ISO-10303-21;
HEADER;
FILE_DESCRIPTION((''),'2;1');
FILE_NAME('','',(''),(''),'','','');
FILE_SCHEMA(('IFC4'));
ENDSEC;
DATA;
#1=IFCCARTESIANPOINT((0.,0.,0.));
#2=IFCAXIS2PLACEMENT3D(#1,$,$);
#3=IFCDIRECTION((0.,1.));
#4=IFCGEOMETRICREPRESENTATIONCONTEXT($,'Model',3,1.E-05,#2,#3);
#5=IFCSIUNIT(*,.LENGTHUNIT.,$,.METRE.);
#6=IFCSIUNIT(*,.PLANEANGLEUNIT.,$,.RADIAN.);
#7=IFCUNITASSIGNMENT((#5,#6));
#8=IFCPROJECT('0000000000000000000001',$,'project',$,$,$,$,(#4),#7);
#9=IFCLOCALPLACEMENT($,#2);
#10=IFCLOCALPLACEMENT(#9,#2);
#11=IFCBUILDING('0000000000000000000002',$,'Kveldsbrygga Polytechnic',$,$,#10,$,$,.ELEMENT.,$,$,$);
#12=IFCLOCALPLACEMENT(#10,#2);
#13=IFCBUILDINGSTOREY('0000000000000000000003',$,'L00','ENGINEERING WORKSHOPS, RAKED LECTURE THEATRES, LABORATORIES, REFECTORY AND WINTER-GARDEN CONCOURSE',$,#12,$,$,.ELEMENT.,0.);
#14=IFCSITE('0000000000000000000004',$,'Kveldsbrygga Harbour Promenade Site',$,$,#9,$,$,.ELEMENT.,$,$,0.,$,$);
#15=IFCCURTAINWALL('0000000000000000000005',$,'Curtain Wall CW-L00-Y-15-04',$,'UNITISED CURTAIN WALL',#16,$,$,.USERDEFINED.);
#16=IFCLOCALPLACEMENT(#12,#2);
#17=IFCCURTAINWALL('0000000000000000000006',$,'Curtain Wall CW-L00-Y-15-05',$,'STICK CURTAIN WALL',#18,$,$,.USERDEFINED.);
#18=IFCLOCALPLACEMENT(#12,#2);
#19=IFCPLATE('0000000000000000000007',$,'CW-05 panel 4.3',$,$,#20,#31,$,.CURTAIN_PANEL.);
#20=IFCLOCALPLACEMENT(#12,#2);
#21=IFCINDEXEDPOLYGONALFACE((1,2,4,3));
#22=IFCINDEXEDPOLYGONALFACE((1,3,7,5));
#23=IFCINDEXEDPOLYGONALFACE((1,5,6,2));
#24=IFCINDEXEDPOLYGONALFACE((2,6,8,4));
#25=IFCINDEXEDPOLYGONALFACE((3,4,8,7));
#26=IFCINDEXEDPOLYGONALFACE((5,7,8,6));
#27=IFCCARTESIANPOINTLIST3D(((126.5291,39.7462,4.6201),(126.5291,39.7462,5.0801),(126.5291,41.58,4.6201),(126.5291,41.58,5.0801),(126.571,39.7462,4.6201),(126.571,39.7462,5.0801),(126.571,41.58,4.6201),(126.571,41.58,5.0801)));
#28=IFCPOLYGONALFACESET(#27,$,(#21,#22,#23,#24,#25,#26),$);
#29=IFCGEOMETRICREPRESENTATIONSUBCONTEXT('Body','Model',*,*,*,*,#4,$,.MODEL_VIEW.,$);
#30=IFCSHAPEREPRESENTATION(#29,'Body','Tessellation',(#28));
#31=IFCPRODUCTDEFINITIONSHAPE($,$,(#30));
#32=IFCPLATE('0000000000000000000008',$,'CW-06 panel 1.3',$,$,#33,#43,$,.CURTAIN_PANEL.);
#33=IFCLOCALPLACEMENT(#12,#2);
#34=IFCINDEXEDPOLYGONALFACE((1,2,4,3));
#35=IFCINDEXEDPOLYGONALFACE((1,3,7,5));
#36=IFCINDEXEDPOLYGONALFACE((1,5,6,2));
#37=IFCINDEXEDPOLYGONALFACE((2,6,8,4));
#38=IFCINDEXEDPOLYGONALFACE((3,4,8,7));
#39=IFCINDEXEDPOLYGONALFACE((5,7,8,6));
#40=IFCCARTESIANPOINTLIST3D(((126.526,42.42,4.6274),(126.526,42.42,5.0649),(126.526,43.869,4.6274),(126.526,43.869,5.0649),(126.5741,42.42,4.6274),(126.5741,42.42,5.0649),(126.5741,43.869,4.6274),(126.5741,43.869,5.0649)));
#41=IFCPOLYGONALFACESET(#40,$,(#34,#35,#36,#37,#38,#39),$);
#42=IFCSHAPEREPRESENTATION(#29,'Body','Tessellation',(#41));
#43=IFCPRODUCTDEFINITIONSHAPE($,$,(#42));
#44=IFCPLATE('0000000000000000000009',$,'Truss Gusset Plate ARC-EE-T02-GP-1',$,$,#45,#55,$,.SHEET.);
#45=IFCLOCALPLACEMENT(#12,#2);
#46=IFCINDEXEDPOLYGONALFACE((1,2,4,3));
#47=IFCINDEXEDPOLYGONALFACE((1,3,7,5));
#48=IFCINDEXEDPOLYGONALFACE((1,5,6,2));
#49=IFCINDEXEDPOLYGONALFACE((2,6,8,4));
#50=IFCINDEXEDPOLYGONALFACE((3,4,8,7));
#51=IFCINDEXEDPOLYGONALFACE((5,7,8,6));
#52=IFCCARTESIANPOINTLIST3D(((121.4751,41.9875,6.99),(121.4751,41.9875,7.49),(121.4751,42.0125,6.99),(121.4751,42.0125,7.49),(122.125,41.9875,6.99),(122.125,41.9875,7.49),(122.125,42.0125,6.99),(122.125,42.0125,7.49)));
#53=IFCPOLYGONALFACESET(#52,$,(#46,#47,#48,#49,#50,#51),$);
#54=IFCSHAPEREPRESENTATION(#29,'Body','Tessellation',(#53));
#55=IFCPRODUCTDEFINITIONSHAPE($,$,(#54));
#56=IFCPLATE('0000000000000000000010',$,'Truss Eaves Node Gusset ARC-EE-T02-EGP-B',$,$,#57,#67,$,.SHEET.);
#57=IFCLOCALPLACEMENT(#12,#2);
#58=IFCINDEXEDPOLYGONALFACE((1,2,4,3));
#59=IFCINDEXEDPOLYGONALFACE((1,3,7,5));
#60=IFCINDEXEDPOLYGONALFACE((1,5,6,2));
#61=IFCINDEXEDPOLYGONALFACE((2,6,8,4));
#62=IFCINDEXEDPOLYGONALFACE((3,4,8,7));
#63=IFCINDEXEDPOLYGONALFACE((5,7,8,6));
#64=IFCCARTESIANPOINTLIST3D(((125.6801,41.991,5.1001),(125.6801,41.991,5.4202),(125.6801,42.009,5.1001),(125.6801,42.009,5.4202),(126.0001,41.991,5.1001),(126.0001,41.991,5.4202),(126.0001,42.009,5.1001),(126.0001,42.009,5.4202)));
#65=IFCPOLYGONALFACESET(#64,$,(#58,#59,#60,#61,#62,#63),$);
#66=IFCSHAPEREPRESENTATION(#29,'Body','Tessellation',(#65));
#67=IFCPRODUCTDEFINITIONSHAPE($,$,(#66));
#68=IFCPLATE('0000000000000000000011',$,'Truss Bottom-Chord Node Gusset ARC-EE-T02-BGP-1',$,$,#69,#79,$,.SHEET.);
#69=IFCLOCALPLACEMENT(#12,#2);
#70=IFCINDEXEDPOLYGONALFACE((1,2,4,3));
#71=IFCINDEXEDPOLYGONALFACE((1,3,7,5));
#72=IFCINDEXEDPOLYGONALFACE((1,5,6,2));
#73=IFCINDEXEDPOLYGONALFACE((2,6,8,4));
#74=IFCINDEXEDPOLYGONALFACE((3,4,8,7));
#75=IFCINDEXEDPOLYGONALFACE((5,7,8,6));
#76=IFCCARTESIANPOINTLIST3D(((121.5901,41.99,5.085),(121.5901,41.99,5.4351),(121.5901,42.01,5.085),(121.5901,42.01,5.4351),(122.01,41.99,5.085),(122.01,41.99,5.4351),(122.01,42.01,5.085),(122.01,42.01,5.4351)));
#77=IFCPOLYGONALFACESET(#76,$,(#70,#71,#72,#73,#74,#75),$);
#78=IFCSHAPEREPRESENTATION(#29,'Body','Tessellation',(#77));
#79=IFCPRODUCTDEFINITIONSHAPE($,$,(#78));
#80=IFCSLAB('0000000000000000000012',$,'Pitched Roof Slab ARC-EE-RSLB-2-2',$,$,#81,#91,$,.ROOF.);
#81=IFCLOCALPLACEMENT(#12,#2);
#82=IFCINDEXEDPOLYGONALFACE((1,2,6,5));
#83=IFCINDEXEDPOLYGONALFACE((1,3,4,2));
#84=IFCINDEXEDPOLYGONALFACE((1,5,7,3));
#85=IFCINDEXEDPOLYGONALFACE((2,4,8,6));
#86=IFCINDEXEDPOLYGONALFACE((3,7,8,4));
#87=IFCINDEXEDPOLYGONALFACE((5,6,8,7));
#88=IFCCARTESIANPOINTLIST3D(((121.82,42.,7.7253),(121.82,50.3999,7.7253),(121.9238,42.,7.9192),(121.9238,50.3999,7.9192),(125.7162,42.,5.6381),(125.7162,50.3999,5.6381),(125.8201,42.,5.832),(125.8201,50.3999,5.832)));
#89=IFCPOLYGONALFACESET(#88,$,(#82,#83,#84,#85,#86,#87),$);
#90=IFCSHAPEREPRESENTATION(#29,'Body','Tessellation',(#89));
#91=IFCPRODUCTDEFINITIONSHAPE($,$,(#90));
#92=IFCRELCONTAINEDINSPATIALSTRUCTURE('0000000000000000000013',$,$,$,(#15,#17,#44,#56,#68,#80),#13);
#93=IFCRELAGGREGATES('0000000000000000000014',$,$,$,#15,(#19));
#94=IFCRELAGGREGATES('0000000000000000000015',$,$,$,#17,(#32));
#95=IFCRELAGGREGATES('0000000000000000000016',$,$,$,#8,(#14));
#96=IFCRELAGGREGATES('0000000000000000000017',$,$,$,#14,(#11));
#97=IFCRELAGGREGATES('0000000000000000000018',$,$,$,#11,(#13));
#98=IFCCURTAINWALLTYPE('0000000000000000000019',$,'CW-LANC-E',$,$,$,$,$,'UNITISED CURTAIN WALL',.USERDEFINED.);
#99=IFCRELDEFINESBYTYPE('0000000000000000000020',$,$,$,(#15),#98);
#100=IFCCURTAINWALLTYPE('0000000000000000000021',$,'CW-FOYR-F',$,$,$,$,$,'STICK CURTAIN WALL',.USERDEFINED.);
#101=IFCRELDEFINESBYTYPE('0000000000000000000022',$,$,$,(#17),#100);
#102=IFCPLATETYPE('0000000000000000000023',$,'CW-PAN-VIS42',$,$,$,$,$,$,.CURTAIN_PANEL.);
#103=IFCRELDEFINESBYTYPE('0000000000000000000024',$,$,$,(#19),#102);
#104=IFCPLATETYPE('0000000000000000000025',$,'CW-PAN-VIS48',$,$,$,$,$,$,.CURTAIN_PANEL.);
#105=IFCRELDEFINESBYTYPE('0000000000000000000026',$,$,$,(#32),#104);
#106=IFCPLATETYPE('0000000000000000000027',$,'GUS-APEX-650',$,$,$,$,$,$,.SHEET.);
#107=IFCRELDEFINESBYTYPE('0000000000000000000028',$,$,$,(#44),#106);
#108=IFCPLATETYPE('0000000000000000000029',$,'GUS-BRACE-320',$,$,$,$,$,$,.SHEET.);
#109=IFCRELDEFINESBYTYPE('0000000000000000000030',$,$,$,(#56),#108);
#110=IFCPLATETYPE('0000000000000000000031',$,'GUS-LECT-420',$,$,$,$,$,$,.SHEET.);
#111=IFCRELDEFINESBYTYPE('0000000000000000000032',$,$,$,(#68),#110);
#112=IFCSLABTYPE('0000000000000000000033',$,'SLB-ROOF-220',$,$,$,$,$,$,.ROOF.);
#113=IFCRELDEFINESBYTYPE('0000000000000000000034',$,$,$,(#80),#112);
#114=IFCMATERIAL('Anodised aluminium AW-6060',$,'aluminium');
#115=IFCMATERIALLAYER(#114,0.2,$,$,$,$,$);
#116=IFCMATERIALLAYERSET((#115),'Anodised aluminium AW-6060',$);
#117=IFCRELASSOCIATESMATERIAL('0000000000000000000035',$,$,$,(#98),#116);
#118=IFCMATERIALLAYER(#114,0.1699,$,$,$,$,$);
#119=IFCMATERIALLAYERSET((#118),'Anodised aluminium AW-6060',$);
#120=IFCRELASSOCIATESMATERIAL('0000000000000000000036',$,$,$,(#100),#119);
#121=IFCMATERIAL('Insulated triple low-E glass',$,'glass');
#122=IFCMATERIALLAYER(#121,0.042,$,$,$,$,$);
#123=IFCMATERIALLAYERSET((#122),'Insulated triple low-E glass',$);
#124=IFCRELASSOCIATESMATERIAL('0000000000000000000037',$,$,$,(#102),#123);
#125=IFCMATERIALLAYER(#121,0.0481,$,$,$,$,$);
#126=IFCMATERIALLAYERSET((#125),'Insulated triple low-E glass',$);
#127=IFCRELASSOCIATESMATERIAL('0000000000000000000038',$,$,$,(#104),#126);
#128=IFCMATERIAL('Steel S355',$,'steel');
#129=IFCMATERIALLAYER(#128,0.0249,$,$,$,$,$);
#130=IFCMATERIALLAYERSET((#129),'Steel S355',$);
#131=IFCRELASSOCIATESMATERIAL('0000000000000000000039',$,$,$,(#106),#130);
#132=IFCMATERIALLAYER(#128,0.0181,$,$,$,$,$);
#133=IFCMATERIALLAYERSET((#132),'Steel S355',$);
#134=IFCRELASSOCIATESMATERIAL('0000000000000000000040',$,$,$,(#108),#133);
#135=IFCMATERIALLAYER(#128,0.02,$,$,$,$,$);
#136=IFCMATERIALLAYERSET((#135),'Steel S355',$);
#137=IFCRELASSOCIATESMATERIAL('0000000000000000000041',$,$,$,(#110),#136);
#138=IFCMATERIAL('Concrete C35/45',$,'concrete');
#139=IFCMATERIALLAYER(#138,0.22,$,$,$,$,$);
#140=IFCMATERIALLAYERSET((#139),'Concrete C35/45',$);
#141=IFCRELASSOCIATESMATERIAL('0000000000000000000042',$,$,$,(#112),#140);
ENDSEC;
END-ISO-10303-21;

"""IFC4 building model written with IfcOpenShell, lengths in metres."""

from ifc_helpers import new_model, si_unit, direction, frame, origin, origin_2d, place, context, subcontext, project, spatial, polyline, rectangle, outline, extrude, material, layer, layer_set, type_object, element, aggregate, save


model = new_model("IFC4")

# Units and contexts
model_context = context("Model", 3, precision=1e-05, world=origin(), true_north=direction((0.0, 1.0)))
body_context = subcontext(model_context, "Body", "Model", "MODEL_VIEW")
ifc_project = project(units=[si_unit("LENGTHUNIT", "METRE"), si_unit("PLANEANGLEUNIT", "RADIAN")], contexts=[model_context])

# Site, building, storey
site_placement = place(None, origin())
site = spatial("IfcSite", under=ifc_project, at=site_placement, Name="Kveldsbrygga Harbour Promenade Site", CompositionType="ELEMENT", RefElevation=0.0)
building_placement = place(site_placement, origin())
building = spatial("IfcBuilding", under=site, at=building_placement, Name="Kveldsbrygga Polytechnic", CompositionType="ELEMENT")
storey_placement = place(building_placement, origin())
storey = spatial("IfcBuildingStorey", under=building, at=storey_placement, Name="L00", Description="ENGINEERING WORKSHOPS, RAKED LECTURE THEATRES, LABORATORIES, REFECTORY AND WINTER-GARDEN CONCOURSE", CompositionType="ELEMENT", Elevation=0.0)

# Shared definitions
ifc_material_1 = material(Name="Concrete C35/45", Category="concrete")

# Curtain wall
ifc_material_2 = material(Name="Anodised aluminium AW-6060", Category="aluminium")
ifc_layer_1 = layer(ifc_material_2, 0.2)
ifc_layer_set_1 = layer_set([ifc_layer_1], Name="Anodised aluminium AW-6060")
curtain_wall_type_1 = type_object("IfcCurtainWallType", Name="CW-LANC-E", ElementType="UNITISED CURTAIN WALL", PredefinedType="USERDEFINED", material=ifc_layer_set_1)
curtain_wall_1_placement = place(storey_placement, origin())
curtain_wall_1 = element("IfcCurtainWall", 1, at=curtain_wall_1_placement, inside=storey, type_object=curtain_wall_type_1, Name="Curtain Wall CW-L00-Y-15-04", ObjectType="UNITISED CURTAIN WALL", PredefinedType="USERDEFINED")

# Curtain wall
ifc_layer_2 = layer(ifc_material_2, 0.1699)
ifc_layer_set_2 = layer_set([ifc_layer_2], Name="Anodised aluminium AW-6060")
curtain_wall_type_2 = type_object("IfcCurtainWallType", Name="CW-FOYR-F", ElementType="STICK CURTAIN WALL", PredefinedType="USERDEFINED", material=ifc_layer_set_2)
curtain_wall_2_placement = place(storey_placement, origin())
curtain_wall_2 = element("IfcCurtainWall", 2, at=curtain_wall_2_placement, inside=storey, type_object=curtain_wall_type_2, Name="Curtain Wall CW-L00-Y-15-05", ObjectType="STICK CURTAIN WALL", PredefinedType="USERDEFINED")

# Shared definitions
ifc_material_3 = material(Name="Steel S355", Category="steel")

# Plates
ifc_material_4 = material(Name="Insulated triple low-E glass", Category="glass")
ifc_layer_3 = layer(ifc_material_4, 0.042)
ifc_layer_set_3 = layer_set([ifc_layer_3], Name="Insulated triple low-E glass")
plate_type_1 = type_object("IfcPlateType", Name="CW-PAN-VIS42", PredefinedType="CURTAIN_PANEL", material=ifc_layer_set_3)
plate_1_placement = place(storey_placement, frame((126.55, 40.6631, 4.6201), z_axis=(0.0, 0.0, 1.0), x_axis=(0.0, 1.0, 0.0)))
plate_1 = element("IfcPlate", 3, at=plate_1_placement, type_object=plate_type_1, Name="CW-05 panel 4.3", PredefinedType="CURTAIN_PANEL", context=body_context, shape_type="SweptSolid", body=[
    extrude(rectangle(XDim=1.8337, YDim=0.042, at=origin_2d()), origin(), (0.0, 0.0, 1.0), 0.46),
])
aggregate(curtain_wall_1, [plate_1])
ifc_layer_4 = layer(ifc_material_4, 0.0481)
ifc_layer_set_4 = layer_set([ifc_layer_4], Name="Insulated triple low-E glass")
plate_type_2 = type_object("IfcPlateType", Name="CW-PAN-VIS48", PredefinedType="CURTAIN_PANEL", material=ifc_layer_set_4)
plate_2_placement = place(storey_placement, frame((126.55, 43.1445, 4.6274), z_axis=(0.0, 0.0, 1.0), x_axis=(0.0, 1.0, 0.0)))
plate_2 = element("IfcPlate", 4, at=plate_2_placement, type_object=plate_type_2, Name="CW-06 panel 1.3", PredefinedType="CURTAIN_PANEL", context=body_context, shape_type="SweptSolid", body=[
    extrude(rectangle(XDim=1.449, YDim=0.0481, at=origin_2d()), origin(), (0.0, 0.0, 1.0), 0.4375),
])
aggregate(curtain_wall_2, [plate_2])

# Plates
ifc_layer_5 = layer(ifc_material_3, 0.0249)
ifc_layer_set_5 = layer_set([ifc_layer_5], Name="Steel S355")
plate_type_3 = type_object("IfcPlateType", Name="GUS-APEX-650", PredefinedType="SHEET", material=ifc_layer_set_5)
plate_3_placement = place(storey_placement, frame((121.8, 42.0, 6.99), z_axis=(0.0, 0.0, 1.0), x_axis=(1.0, 0.0, 0.0)))
element("IfcPlate", 5, at=plate_3_placement, inside=storey, type_object=plate_type_3, Name="Truss Gusset Plate ARC-EE-T02-GP-1", PredefinedType="SHEET", context=body_context, shape_type="SweptSolid", body=[
    extrude(rectangle(XDim=0.6499, YDim=0.0249, at=origin_2d()), origin(), (0.0, 0.0, 1.0), 0.5),
])
ifc_layer_6 = layer(ifc_material_3, 0.0181)
ifc_layer_set_6 = layer_set([ifc_layer_6], Name="Steel S355")
plate_type_4 = type_object("IfcPlateType", Name="GUS-BRACE-320", PredefinedType="SHEET", material=ifc_layer_set_6)
plate_4_placement = place(storey_placement, frame((125.8401, 42.0, 5.1001), z_axis=(0.0, 0.0, 1.0), x_axis=(1.0, 0.0, 0.0)))
element("IfcPlate", 6, at=plate_4_placement, inside=storey, type_object=plate_type_4, Name="Truss Eaves Node Gusset ARC-EE-T02-EGP-B", PredefinedType="SHEET", context=body_context, shape_type="SweptSolid", body=[
    extrude(rectangle(XDim=0.3201, YDim=0.0181, at=origin_2d()), origin(), (0.0, 0.0, 1.0), 0.3201),
])
ifc_layer_7 = layer(ifc_material_3, 0.02)
ifc_layer_set_7 = layer_set([ifc_layer_7], Name="Steel S355")
plate_type_5 = type_object("IfcPlateType", Name="GUS-LECT-420", PredefinedType="SHEET", material=ifc_layer_set_7)
plate_5_placement = place(storey_placement, frame((121.8, 42.0, 5.085), z_axis=(0.0, 0.0, 1.0), x_axis=(1.0, 0.0, 0.0)))
element("IfcPlate", 7, at=plate_5_placement, inside=storey, type_object=plate_type_5, Name="Truss Bottom-Chord Node Gusset ARC-EE-T02-BGP-1", PredefinedType="SHEET", context=body_context, shape_type="SweptSolid", body=[
    extrude(rectangle(XDim=0.4199, YDim=0.02, at=origin_2d()), origin(), (0.0, 0.0, 1.0), 0.3501),
])

# Slab
ifc_layer_8 = layer(ifc_material_1, 0.22)
ifc_layer_set_8 = layer_set([ifc_layer_8], Name="Concrete C35/45")
slab_type = type_object("IfcSlabType", Name="SLB-ROOF-220", PredefinedType="ROOF", material=ifc_layer_set_8)
slab_placement = place(storey_placement, frame((121.9238, 42.0, 7.9192), z_axis=(0.472201, 0.0, 0.881491), x_axis=(0.881491, 0.0, -0.472201)))
element("IfcSlab", 8, at=slab_placement, inside=storey, type_object=slab_type, Name="Pitched Roof Slab ARC-EE-RSLB-2-2", PredefinedType="ROOF", context=body_context, shape_type="SweptSolid", body=[
    extrude(outline(polyline([(0.0, 0.0), (4.4201, 0.0), (4.4201, 8.3999), (0.0, 8.3999), (0.0, 0.0)])), origin(), (0.0, 0.0, -1.0), 0.22),
])

save(model, "model.ifc")
